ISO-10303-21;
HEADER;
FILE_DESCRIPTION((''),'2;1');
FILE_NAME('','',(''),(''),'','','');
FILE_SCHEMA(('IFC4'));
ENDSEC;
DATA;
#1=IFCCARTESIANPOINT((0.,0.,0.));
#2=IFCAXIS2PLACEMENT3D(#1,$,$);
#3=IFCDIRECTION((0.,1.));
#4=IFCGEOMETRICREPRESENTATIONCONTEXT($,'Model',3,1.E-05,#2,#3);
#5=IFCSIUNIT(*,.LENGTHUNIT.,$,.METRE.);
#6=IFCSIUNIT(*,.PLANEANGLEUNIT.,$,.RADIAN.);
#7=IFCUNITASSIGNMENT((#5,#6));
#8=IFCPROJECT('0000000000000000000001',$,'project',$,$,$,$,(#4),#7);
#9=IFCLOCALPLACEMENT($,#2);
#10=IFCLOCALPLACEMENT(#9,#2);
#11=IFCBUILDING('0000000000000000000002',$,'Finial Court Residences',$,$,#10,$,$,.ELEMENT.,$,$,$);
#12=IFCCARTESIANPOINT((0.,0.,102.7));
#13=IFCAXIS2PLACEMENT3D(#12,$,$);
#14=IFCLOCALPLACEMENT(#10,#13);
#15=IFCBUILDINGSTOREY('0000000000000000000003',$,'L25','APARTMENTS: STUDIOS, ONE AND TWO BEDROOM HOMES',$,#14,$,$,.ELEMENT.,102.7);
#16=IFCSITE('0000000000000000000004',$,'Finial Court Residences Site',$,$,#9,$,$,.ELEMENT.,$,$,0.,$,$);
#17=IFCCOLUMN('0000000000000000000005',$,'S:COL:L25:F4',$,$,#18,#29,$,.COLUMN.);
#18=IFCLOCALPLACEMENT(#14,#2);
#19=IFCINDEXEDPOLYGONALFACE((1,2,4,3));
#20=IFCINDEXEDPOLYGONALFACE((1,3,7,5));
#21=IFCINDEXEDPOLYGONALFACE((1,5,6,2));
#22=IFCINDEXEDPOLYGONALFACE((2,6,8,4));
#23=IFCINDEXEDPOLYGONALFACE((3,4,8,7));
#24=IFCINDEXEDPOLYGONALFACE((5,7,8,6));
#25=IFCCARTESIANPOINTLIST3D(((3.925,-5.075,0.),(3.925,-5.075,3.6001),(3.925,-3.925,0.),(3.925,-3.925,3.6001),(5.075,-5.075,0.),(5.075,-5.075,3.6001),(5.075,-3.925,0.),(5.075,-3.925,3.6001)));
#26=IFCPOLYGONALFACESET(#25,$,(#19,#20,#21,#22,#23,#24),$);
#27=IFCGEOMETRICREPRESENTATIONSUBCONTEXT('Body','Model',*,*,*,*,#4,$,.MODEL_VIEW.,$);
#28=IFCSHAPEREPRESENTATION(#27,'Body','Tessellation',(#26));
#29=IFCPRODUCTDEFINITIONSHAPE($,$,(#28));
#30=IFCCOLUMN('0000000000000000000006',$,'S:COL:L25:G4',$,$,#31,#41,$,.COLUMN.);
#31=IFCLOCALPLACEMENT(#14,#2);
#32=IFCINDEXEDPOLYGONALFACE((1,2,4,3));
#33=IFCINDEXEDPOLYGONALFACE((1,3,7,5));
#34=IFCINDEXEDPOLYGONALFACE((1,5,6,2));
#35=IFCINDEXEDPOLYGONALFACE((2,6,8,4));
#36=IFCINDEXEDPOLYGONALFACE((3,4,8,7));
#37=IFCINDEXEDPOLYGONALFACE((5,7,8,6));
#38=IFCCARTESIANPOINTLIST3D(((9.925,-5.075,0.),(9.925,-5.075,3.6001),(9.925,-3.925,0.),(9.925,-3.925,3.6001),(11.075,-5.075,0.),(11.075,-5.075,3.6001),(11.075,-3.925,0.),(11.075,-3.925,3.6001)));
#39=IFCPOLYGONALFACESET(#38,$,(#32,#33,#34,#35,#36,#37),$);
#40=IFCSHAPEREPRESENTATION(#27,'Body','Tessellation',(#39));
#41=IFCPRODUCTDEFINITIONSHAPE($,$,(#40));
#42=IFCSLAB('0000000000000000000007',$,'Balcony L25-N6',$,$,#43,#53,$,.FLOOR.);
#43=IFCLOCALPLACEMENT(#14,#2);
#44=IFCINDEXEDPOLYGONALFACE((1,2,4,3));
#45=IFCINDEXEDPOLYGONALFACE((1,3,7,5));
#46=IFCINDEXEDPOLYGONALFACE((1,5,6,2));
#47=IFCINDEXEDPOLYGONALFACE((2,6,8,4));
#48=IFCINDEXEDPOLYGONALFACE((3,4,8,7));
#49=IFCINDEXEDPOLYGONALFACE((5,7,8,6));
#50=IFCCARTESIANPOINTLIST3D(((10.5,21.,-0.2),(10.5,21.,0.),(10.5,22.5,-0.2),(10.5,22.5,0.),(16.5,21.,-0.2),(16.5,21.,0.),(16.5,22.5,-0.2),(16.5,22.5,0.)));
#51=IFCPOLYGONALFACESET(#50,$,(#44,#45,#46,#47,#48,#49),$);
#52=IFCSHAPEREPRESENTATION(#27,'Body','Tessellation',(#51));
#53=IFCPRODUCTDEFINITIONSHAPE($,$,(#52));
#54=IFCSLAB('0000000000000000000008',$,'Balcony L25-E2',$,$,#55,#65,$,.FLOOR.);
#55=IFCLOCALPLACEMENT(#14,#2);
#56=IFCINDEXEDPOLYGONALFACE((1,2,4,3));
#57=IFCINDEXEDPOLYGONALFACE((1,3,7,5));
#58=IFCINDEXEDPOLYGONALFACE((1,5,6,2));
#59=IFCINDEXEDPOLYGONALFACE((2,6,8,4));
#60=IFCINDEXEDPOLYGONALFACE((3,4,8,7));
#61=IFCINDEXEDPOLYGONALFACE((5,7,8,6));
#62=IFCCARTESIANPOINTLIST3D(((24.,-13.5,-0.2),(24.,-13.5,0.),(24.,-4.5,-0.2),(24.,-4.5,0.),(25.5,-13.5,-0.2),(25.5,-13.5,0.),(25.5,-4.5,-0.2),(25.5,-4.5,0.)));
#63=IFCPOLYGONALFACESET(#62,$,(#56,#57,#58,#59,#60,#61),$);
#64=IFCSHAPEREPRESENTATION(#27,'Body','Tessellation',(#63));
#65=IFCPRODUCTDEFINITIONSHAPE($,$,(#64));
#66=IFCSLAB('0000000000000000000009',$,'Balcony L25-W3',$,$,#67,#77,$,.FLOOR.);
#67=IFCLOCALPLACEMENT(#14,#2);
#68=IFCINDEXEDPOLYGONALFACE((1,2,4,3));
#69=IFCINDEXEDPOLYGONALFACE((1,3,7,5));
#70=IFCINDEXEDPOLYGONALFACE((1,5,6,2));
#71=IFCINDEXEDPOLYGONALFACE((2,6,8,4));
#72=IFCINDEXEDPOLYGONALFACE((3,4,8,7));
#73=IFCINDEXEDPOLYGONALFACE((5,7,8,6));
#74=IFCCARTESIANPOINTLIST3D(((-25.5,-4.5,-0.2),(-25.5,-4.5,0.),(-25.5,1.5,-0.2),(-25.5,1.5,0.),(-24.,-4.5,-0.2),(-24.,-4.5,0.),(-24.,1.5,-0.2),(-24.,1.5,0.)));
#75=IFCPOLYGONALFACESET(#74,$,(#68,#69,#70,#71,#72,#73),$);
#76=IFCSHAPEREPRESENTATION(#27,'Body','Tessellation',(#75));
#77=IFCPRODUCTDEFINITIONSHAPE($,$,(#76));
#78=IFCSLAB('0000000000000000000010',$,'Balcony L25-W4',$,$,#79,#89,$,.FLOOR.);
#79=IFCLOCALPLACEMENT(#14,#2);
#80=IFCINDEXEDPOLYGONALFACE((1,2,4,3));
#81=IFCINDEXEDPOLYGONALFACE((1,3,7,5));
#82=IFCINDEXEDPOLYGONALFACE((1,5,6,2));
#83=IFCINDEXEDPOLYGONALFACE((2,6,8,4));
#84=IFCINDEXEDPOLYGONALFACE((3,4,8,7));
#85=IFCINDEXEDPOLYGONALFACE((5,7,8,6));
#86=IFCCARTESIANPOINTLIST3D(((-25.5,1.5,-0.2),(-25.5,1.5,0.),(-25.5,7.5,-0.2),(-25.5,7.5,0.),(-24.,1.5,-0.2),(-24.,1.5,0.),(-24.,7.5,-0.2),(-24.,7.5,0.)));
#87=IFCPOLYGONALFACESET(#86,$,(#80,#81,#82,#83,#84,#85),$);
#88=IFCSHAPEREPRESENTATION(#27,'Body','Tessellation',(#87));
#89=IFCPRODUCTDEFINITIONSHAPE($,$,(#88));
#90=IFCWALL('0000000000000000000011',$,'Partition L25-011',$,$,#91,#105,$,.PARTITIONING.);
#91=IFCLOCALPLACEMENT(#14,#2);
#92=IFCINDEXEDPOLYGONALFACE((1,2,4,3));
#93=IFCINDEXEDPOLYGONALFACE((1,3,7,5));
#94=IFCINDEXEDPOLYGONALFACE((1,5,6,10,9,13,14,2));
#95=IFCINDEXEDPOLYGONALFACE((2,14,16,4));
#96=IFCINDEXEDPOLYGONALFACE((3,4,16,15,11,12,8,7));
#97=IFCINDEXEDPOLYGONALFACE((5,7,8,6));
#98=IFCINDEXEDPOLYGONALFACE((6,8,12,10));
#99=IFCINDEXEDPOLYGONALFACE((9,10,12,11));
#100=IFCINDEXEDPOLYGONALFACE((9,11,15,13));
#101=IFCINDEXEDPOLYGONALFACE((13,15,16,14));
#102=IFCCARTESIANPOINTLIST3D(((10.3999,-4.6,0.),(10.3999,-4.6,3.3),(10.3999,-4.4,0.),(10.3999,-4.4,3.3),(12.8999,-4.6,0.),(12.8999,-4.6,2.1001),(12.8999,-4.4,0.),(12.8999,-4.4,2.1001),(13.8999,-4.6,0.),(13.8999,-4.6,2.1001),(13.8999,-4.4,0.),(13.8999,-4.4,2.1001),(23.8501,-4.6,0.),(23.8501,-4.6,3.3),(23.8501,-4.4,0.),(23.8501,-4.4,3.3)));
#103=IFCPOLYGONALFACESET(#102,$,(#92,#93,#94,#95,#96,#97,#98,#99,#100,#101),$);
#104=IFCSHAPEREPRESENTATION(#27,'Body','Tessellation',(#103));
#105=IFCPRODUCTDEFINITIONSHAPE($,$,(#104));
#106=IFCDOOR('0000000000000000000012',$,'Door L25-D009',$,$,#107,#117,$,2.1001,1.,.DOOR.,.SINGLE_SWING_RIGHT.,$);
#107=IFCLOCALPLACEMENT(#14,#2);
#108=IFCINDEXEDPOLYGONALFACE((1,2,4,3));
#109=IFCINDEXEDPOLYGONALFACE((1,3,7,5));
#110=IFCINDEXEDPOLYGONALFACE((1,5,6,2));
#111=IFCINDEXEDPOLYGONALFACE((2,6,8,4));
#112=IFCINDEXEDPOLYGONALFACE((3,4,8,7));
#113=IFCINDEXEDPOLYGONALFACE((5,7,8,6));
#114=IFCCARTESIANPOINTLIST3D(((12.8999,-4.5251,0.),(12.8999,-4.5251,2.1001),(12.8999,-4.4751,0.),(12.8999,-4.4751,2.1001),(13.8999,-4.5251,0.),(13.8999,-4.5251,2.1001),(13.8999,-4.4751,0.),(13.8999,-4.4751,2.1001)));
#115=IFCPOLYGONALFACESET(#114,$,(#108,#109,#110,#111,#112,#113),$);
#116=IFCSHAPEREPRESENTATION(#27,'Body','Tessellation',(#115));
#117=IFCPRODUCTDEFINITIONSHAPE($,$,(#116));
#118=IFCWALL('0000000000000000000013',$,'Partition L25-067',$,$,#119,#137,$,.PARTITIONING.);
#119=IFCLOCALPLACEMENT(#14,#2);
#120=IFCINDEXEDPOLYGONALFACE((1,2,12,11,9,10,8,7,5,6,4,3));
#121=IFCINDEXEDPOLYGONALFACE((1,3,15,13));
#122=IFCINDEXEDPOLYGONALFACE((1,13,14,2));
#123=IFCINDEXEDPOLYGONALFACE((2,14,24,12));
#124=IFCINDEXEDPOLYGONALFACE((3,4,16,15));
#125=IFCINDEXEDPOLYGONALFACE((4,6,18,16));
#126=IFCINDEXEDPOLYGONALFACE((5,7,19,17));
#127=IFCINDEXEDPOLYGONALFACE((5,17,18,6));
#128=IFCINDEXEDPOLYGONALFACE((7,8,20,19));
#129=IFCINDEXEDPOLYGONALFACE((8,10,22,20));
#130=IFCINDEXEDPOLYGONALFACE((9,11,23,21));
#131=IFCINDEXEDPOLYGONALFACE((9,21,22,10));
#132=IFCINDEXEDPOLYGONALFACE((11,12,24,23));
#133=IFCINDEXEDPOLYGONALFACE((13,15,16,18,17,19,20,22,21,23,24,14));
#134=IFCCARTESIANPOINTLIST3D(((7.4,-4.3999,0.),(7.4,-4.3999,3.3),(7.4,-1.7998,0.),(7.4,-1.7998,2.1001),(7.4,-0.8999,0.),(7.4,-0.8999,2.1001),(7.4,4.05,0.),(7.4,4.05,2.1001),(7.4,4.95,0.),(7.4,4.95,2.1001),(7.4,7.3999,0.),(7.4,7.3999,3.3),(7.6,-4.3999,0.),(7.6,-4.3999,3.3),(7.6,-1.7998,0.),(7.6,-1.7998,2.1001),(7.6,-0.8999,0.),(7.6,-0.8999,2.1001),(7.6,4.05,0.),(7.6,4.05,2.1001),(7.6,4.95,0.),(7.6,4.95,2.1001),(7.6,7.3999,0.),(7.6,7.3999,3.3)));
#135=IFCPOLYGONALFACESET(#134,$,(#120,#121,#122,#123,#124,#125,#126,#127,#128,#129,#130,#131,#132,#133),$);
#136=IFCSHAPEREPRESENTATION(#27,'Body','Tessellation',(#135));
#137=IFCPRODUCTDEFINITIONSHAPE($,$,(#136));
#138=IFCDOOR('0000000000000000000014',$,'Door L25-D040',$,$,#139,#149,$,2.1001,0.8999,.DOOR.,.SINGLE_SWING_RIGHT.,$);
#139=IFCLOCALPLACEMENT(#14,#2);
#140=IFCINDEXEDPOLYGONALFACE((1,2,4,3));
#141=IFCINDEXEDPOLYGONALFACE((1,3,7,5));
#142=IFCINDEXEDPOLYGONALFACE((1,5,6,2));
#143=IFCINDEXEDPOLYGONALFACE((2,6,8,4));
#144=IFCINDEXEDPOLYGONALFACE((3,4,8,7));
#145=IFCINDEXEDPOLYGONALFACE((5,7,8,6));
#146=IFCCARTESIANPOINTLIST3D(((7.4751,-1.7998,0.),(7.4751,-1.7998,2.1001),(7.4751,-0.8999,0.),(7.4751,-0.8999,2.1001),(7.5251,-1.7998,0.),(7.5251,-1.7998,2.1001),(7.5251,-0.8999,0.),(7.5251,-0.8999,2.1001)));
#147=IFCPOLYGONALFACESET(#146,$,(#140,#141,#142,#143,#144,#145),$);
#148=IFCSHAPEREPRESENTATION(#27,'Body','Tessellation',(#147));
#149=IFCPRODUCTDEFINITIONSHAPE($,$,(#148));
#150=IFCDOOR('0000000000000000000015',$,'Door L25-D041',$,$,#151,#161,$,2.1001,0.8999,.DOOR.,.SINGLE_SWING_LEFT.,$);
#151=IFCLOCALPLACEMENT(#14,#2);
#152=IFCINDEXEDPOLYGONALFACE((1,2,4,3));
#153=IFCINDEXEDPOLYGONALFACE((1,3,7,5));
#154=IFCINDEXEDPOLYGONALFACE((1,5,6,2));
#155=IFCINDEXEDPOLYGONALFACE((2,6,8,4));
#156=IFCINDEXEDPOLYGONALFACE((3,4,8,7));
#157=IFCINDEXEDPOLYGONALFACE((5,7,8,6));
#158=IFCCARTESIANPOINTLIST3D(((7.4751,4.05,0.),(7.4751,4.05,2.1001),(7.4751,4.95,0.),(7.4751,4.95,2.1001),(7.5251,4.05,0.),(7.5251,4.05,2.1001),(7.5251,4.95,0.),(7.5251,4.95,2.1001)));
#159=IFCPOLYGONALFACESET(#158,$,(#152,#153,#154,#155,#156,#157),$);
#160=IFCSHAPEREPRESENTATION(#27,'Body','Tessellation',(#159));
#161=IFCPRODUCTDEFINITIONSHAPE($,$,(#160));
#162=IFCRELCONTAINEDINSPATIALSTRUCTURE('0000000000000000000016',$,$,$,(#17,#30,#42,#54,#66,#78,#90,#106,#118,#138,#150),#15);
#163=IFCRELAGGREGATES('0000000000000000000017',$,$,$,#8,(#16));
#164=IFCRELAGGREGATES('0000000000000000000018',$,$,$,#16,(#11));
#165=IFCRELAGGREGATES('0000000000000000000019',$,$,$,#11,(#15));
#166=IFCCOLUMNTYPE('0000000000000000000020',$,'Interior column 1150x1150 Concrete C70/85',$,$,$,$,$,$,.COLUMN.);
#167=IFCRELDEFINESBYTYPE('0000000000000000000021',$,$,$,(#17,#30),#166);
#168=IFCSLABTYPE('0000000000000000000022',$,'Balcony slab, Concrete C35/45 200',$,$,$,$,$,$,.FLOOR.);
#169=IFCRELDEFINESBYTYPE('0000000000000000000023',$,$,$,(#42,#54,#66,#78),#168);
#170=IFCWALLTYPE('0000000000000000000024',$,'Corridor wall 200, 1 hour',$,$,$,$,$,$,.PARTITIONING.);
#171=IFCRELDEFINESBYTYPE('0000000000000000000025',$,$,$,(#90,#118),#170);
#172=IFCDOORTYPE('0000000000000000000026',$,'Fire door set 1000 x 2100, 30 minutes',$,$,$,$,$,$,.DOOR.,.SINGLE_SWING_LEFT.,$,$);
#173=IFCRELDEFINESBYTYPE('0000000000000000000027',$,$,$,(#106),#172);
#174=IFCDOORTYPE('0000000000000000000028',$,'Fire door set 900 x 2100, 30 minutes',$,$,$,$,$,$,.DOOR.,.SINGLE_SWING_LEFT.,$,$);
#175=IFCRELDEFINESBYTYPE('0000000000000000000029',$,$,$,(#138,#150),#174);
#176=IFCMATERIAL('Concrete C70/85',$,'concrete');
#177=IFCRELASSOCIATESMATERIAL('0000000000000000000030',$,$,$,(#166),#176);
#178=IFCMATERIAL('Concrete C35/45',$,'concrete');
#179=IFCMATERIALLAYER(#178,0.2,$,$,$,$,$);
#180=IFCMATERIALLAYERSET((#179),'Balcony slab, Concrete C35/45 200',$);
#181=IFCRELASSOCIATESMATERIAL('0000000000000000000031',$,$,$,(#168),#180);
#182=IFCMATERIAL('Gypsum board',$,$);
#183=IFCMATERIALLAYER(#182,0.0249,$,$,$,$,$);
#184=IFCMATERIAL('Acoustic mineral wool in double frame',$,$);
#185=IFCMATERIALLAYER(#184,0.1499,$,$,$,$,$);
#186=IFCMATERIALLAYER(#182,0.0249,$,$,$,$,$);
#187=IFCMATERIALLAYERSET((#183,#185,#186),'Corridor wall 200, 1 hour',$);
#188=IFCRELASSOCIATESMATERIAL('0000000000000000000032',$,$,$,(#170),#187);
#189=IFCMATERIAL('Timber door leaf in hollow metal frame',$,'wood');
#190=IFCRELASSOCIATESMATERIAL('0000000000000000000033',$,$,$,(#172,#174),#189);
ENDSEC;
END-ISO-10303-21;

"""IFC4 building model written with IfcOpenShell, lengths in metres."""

from ifc_helpers import new_model, si_unit, direction, frame, frame_2d, origin, origin_2d, place, context, subcontext, project, spatial, polyline, rectangle, outline, extrude, material, layer, layer_set, material_profile, profile_set, type_object, element, fill, save


model = new_model("IFC4")

# Units and contexts
model_context = context("Model", 3, precision=1e-05, world=origin(), true_north=direction((0.0, 1.0)))
body_context = subcontext(model_context, "Body", "Model", "MODEL_VIEW")
ifc_project = project(units=[si_unit("LENGTHUNIT", "METRE"), si_unit("PLANEANGLEUNIT", "RADIAN")], contexts=[model_context])

# Site, building, storey
site_placement = place(None, origin())
site = spatial("IfcSite", under=ifc_project, at=site_placement, Name="Finial Court Residences Site", CompositionType="ELEMENT", RefElevation=0.0)
building_placement = place(site_placement, origin())
building = spatial("IfcBuilding", under=site, at=building_placement, Name="Finial Court Residences", CompositionType="ELEMENT")
storey_placement = place(building_placement, frame((0.0, 0.0, 102.7)))
storey = spatial("IfcBuildingStorey", under=building, at=storey_placement, Name="L25", Description="APARTMENTS: STUDIOS, ONE AND TWO BEDROOM HOMES", CompositionType="ELEMENT", Elevation=102.7)

# Columns
ifc_material_1 = material(Name="Concrete C70/85", Category="concrete")
ifc_material_profile = material_profile(ifc_material_1, rectangle(XDim=1.1499, YDim=1.1499, at=origin_2d()), Name="1150x1150")
ifc_profile_set = profile_set([ifc_material_profile], Name="Concrete C70/85")
column_type = type_object("IfcColumnType", Name="Interior column 1150x1150 Concrete C70/85", PredefinedType="COLUMN", material=ifc_profile_set)
for number, where, z_axis, x_axis, name in (
    (1, (4.5, -4.5, 0.0), (0.0, 0.0, 1.0), (1.0, 0.0, 0.0), "S:COL:L25:F4"),
    (2, (10.5, -4.5, 0.0), (0.0, 0.0, 1.0), (1.0, 0.0, 0.0), "S:COL:L25:G4"),
):
    element("IfcColumn", number, at=place(storey_placement, frame(where, z_axis=z_axis, x_axis=x_axis)), inside=storey, type_object=column_type, Name=name, PredefinedType="COLUMN", context=body_context, shape_type="SweptSolid", body=[
        extrude(rectangle(XDim=1.1499, YDim=1.1499, at=origin_2d()), origin(), (0.0, 0.0, 1.0), 3.6001),
    ])

# Slabs
ifc_material_2 = material(Name="Concrete C35/45", Category="concrete")
ifc_layer_1 = layer(ifc_material_2, 0.2)
ifc_layer_set_1 = layer_set([ifc_layer_1], Name="Balcony slab, Concrete C35/45 200")
slab_type = type_object("IfcSlabType", Name="Balcony slab, Concrete C35/45 200", PredefinedType="FLOOR", material=ifc_layer_set_1)
slab_1_placement = place(storey_placement, frame((0.0, 0.0, -0.2)))
element("IfcSlab", 3, at=slab_1_placement, inside=storey, type_object=slab_type, Name="Balcony L25-N6", PredefinedType="FLOOR", context=body_context, shape_type="SweptSolid", body=[
    extrude(outline(polyline([(16.5, 21.0), (16.5, 22.5), (10.5, 22.5), (10.5, 21.0), (16.5, 21.0)])), origin(), (0.0, 0.0, 1.0), 0.2),
])
slab_2_placement = place(storey_placement, frame((0.0, 0.0, -0.2)))
element("IfcSlab", 4, at=slab_2_placement, inside=storey, type_object=slab_type, Name="Balcony L25-E2", PredefinedType="FLOOR", context=body_context, shape_type="SweptSolid", body=[
    extrude(outline(polyline([(25.5, -13.5), (25.5, -4.5), (24.0, -4.5), (24.0, -13.5), (25.5, -13.5)])), origin(), (0.0, 0.0, 1.0), 0.2),
])
slab_3_placement = place(storey_placement, frame((0.0, 0.0, -0.2)))
element("IfcSlab", 5, at=slab_3_placement, inside=storey, type_object=slab_type, Name="Balcony L25-W3", PredefinedType="FLOOR", context=body_context, shape_type="SweptSolid", body=[
    extrude(outline(polyline([(-24.0, -4.5), (-24.0, 1.5), (-25.5, 1.5), (-25.5, -4.5), (-24.0, -4.5)])), origin(), (0.0, 0.0, 1.0), 0.2),
])
slab_4_placement = place(storey_placement, frame((0.0, 0.0, -0.2)))
element("IfcSlab", 6, at=slab_4_placement, inside=storey, type_object=slab_type, Name="Balcony L25-W4", PredefinedType="FLOOR", context=body_context, shape_type="SweptSolid", body=[
    extrude(outline(polyline([(-24.0, 1.5), (-24.0, 7.5), (-25.5, 7.5), (-25.5, 1.5), (-24.0, 1.5)])), origin(), (0.0, 0.0, 1.0), 0.2),
])

# Wall, opening, door
ifc_material_3 = material(Name="Gypsum board")
ifc_layer_2 = layer(ifc_material_3, 0.0249)
ifc_material_4 = material(Name="Acoustic mineral wool in double frame")
ifc_layer_3 = layer(ifc_material_4, 0.1499)
ifc_layer_4 = layer(ifc_material_3, 0.0249)
ifc_layer_set_2 = layer_set([ifc_layer_2, ifc_layer_3, ifc_layer_4], Name="Corridor wall 200, 1 hour")
wall_type_1 = type_object("IfcWallType", Name="Corridor wall 200, 1 hour", PredefinedType="PARTITIONING", material=ifc_layer_set_2)
wall_1_placement = place(storey_placement, frame((10.3999, -4.5, 0.0), z_axis=(0.0, 0.0, 1.0), x_axis=(1.0, 0.0, 0.0)))
wall_1 = element("IfcWall", 7, at=wall_1_placement, inside=storey, type_object=wall_type_1, Name="Partition L25-011", PredefinedType="PARTITIONING", context=body_context, shape_type="SweptSolid", body=[
    extrude(rectangle(XDim=13.4502, YDim=0.2, at=frame_2d((6.7251, 0.0))), origin(), (0.0, 0.0, 1.0), 3.3),
])
opening_1_placement = place(wall_1_placement, frame((2.5, 0.0, 0.0)))
opening_1 = element("IfcOpeningElement", 8, at=opening_1_placement, cuts=wall_1, PredefinedType="OPENING", context=body_context, shape_type="SweptSolid", body=[
    extrude(rectangle(XDim=1.0, YDim=2.1001, at=frame_2d((0.5, 1.05))), frame((0.0, 0.1099, 0.0), z_axis=(0.0, -1.0, 0.0), x_axis=(1.0, 0.0, 0.0)), (0.0, 0.0, 1.0), 0.22),
])
ifc_material_5 = material(Name="Timber door leaf in hollow metal frame", Category="wood")
door_type_1 = type_object("IfcDoorType", Name="Fire door set 1000 x 2100, 30 minutes", OperationType="SINGLE_SWING_LEFT", PredefinedType="DOOR", material=ifc_material_5)
door_1_placement = place(opening_1_placement, origin())
door_1 = element("IfcDoor", 9, at=door_1_placement, inside=storey, type_object=door_type_1, Name="Door L25-D009", OperationType="SINGLE_SWING_RIGHT", OverallHeight=2.1001, OverallWidth=1.0, PredefinedType="DOOR", context=body_context, shape_type="SweptSolid", body=[
    extrude(rectangle(XDim=1.0, YDim=2.1001, at=frame_2d((0.5, 1.05))), frame((0.0, 0.0249, 0.0), z_axis=(0.0, -1.0, 0.0), x_axis=(1.0, 0.0, 0.0)), (0.0, 0.0, 1.0), 0.05),
])
fill(opening_1, door_1)

# Wall, openings, doors
wall_2_placement = place(storey_placement, frame((7.5, -4.3999, 0.0), z_axis=(0.0, 0.0, 1.0), x_axis=(0.0, 1.0, 0.0)))
wall_2 = element("IfcWall", 10, at=wall_2_placement, inside=storey, type_object=wall_type_1, Name="Partition L25-067", PredefinedType="PARTITIONING", context=body_context, shape_type="SweptSolid", body=[
    extrude(rectangle(XDim=11.7998, YDim=0.2, at=frame_2d((5.8999, 0.0))), origin(), (0.0, 0.0, 1.0), 3.3),
])
opening_2_placement = place(wall_2_placement, frame((2.6001, 0.0, 0.0)))
opening_2 = element("IfcOpeningElement", 11, at=opening_2_placement, cuts=wall_2, PredefinedType="OPENING", context=body_context, shape_type="SweptSolid", body=[
    extrude(rectangle(XDim=0.8999, YDim=2.1001, at=frame_2d((0.45, 1.05))), frame((0.0, 0.1099, 0.0), z_axis=(0.0, -1.0, 0.0), x_axis=(1.0, 0.0, 0.0)), (0.0, 0.0, 1.0), 0.22),
])
opening_3_placement = place(wall_2_placement, frame((8.45, 0.0, 0.0)))
opening_3 = element("IfcOpeningElement", 12, at=opening_3_placement, cuts=wall_2, PredefinedType="OPENING", context=body_context, shape_type="SweptSolid", body=[
    extrude(rectangle(XDim=0.8999, YDim=2.1001, at=frame_2d((0.45, 1.05))), frame((0.0, 0.1099, 0.0), z_axis=(0.0, -1.0, 0.0), x_axis=(1.0, 0.0, 0.0)), (0.0, 0.0, 1.0), 0.22),
])
door_type_2 = type_object("IfcDoorType", Name="Fire door set 900 x 2100, 30 minutes", OperationType="SINGLE_SWING_LEFT", PredefinedType="DOOR", material=ifc_material_5)
door_2_placement = place(opening_2_placement, origin())
door_2 = element("IfcDoor", 13, at=door_2_placement, inside=storey, type_object=door_type_2, Name="Door L25-D040", OperationType="SINGLE_SWING_RIGHT", OverallHeight=2.1001, OverallWidth=0.8999, PredefinedType="DOOR", context=body_context, shape_type="SweptSolid", body=[
    extrude(rectangle(XDim=0.8999, YDim=2.1001, at=frame_2d((0.45, 1.05))), frame((0.0, 0.0249, 0.0), z_axis=(0.0, -1.0, 0.0), x_axis=(1.0, 0.0, 0.0)), (0.0, 0.0, 1.0), 0.05),
])
fill(opening_2, door_2)
door_3_placement = place(opening_3_placement, origin())
door_3 = element("IfcDoor", 14, at=door_3_placement, inside=storey, type_object=door_type_2, Name="Door L25-D041", OperationType="SINGLE_SWING_LEFT", OverallHeight=2.1001, OverallWidth=0.8999, PredefinedType="DOOR", context=body_context, shape_type="SweptSolid", body=[
    extrude(rectangle(XDim=0.8999, YDim=2.1001, at=frame_2d((0.45, 1.05))), frame((0.0, 0.0249, 0.0), z_axis=(0.0, -1.0, 0.0), x_axis=(1.0, 0.0, 0.0)), (0.0, 0.0, 1.0), 0.05),
])
fill(opening_3, door_3)

save(model, "model.ifc")
